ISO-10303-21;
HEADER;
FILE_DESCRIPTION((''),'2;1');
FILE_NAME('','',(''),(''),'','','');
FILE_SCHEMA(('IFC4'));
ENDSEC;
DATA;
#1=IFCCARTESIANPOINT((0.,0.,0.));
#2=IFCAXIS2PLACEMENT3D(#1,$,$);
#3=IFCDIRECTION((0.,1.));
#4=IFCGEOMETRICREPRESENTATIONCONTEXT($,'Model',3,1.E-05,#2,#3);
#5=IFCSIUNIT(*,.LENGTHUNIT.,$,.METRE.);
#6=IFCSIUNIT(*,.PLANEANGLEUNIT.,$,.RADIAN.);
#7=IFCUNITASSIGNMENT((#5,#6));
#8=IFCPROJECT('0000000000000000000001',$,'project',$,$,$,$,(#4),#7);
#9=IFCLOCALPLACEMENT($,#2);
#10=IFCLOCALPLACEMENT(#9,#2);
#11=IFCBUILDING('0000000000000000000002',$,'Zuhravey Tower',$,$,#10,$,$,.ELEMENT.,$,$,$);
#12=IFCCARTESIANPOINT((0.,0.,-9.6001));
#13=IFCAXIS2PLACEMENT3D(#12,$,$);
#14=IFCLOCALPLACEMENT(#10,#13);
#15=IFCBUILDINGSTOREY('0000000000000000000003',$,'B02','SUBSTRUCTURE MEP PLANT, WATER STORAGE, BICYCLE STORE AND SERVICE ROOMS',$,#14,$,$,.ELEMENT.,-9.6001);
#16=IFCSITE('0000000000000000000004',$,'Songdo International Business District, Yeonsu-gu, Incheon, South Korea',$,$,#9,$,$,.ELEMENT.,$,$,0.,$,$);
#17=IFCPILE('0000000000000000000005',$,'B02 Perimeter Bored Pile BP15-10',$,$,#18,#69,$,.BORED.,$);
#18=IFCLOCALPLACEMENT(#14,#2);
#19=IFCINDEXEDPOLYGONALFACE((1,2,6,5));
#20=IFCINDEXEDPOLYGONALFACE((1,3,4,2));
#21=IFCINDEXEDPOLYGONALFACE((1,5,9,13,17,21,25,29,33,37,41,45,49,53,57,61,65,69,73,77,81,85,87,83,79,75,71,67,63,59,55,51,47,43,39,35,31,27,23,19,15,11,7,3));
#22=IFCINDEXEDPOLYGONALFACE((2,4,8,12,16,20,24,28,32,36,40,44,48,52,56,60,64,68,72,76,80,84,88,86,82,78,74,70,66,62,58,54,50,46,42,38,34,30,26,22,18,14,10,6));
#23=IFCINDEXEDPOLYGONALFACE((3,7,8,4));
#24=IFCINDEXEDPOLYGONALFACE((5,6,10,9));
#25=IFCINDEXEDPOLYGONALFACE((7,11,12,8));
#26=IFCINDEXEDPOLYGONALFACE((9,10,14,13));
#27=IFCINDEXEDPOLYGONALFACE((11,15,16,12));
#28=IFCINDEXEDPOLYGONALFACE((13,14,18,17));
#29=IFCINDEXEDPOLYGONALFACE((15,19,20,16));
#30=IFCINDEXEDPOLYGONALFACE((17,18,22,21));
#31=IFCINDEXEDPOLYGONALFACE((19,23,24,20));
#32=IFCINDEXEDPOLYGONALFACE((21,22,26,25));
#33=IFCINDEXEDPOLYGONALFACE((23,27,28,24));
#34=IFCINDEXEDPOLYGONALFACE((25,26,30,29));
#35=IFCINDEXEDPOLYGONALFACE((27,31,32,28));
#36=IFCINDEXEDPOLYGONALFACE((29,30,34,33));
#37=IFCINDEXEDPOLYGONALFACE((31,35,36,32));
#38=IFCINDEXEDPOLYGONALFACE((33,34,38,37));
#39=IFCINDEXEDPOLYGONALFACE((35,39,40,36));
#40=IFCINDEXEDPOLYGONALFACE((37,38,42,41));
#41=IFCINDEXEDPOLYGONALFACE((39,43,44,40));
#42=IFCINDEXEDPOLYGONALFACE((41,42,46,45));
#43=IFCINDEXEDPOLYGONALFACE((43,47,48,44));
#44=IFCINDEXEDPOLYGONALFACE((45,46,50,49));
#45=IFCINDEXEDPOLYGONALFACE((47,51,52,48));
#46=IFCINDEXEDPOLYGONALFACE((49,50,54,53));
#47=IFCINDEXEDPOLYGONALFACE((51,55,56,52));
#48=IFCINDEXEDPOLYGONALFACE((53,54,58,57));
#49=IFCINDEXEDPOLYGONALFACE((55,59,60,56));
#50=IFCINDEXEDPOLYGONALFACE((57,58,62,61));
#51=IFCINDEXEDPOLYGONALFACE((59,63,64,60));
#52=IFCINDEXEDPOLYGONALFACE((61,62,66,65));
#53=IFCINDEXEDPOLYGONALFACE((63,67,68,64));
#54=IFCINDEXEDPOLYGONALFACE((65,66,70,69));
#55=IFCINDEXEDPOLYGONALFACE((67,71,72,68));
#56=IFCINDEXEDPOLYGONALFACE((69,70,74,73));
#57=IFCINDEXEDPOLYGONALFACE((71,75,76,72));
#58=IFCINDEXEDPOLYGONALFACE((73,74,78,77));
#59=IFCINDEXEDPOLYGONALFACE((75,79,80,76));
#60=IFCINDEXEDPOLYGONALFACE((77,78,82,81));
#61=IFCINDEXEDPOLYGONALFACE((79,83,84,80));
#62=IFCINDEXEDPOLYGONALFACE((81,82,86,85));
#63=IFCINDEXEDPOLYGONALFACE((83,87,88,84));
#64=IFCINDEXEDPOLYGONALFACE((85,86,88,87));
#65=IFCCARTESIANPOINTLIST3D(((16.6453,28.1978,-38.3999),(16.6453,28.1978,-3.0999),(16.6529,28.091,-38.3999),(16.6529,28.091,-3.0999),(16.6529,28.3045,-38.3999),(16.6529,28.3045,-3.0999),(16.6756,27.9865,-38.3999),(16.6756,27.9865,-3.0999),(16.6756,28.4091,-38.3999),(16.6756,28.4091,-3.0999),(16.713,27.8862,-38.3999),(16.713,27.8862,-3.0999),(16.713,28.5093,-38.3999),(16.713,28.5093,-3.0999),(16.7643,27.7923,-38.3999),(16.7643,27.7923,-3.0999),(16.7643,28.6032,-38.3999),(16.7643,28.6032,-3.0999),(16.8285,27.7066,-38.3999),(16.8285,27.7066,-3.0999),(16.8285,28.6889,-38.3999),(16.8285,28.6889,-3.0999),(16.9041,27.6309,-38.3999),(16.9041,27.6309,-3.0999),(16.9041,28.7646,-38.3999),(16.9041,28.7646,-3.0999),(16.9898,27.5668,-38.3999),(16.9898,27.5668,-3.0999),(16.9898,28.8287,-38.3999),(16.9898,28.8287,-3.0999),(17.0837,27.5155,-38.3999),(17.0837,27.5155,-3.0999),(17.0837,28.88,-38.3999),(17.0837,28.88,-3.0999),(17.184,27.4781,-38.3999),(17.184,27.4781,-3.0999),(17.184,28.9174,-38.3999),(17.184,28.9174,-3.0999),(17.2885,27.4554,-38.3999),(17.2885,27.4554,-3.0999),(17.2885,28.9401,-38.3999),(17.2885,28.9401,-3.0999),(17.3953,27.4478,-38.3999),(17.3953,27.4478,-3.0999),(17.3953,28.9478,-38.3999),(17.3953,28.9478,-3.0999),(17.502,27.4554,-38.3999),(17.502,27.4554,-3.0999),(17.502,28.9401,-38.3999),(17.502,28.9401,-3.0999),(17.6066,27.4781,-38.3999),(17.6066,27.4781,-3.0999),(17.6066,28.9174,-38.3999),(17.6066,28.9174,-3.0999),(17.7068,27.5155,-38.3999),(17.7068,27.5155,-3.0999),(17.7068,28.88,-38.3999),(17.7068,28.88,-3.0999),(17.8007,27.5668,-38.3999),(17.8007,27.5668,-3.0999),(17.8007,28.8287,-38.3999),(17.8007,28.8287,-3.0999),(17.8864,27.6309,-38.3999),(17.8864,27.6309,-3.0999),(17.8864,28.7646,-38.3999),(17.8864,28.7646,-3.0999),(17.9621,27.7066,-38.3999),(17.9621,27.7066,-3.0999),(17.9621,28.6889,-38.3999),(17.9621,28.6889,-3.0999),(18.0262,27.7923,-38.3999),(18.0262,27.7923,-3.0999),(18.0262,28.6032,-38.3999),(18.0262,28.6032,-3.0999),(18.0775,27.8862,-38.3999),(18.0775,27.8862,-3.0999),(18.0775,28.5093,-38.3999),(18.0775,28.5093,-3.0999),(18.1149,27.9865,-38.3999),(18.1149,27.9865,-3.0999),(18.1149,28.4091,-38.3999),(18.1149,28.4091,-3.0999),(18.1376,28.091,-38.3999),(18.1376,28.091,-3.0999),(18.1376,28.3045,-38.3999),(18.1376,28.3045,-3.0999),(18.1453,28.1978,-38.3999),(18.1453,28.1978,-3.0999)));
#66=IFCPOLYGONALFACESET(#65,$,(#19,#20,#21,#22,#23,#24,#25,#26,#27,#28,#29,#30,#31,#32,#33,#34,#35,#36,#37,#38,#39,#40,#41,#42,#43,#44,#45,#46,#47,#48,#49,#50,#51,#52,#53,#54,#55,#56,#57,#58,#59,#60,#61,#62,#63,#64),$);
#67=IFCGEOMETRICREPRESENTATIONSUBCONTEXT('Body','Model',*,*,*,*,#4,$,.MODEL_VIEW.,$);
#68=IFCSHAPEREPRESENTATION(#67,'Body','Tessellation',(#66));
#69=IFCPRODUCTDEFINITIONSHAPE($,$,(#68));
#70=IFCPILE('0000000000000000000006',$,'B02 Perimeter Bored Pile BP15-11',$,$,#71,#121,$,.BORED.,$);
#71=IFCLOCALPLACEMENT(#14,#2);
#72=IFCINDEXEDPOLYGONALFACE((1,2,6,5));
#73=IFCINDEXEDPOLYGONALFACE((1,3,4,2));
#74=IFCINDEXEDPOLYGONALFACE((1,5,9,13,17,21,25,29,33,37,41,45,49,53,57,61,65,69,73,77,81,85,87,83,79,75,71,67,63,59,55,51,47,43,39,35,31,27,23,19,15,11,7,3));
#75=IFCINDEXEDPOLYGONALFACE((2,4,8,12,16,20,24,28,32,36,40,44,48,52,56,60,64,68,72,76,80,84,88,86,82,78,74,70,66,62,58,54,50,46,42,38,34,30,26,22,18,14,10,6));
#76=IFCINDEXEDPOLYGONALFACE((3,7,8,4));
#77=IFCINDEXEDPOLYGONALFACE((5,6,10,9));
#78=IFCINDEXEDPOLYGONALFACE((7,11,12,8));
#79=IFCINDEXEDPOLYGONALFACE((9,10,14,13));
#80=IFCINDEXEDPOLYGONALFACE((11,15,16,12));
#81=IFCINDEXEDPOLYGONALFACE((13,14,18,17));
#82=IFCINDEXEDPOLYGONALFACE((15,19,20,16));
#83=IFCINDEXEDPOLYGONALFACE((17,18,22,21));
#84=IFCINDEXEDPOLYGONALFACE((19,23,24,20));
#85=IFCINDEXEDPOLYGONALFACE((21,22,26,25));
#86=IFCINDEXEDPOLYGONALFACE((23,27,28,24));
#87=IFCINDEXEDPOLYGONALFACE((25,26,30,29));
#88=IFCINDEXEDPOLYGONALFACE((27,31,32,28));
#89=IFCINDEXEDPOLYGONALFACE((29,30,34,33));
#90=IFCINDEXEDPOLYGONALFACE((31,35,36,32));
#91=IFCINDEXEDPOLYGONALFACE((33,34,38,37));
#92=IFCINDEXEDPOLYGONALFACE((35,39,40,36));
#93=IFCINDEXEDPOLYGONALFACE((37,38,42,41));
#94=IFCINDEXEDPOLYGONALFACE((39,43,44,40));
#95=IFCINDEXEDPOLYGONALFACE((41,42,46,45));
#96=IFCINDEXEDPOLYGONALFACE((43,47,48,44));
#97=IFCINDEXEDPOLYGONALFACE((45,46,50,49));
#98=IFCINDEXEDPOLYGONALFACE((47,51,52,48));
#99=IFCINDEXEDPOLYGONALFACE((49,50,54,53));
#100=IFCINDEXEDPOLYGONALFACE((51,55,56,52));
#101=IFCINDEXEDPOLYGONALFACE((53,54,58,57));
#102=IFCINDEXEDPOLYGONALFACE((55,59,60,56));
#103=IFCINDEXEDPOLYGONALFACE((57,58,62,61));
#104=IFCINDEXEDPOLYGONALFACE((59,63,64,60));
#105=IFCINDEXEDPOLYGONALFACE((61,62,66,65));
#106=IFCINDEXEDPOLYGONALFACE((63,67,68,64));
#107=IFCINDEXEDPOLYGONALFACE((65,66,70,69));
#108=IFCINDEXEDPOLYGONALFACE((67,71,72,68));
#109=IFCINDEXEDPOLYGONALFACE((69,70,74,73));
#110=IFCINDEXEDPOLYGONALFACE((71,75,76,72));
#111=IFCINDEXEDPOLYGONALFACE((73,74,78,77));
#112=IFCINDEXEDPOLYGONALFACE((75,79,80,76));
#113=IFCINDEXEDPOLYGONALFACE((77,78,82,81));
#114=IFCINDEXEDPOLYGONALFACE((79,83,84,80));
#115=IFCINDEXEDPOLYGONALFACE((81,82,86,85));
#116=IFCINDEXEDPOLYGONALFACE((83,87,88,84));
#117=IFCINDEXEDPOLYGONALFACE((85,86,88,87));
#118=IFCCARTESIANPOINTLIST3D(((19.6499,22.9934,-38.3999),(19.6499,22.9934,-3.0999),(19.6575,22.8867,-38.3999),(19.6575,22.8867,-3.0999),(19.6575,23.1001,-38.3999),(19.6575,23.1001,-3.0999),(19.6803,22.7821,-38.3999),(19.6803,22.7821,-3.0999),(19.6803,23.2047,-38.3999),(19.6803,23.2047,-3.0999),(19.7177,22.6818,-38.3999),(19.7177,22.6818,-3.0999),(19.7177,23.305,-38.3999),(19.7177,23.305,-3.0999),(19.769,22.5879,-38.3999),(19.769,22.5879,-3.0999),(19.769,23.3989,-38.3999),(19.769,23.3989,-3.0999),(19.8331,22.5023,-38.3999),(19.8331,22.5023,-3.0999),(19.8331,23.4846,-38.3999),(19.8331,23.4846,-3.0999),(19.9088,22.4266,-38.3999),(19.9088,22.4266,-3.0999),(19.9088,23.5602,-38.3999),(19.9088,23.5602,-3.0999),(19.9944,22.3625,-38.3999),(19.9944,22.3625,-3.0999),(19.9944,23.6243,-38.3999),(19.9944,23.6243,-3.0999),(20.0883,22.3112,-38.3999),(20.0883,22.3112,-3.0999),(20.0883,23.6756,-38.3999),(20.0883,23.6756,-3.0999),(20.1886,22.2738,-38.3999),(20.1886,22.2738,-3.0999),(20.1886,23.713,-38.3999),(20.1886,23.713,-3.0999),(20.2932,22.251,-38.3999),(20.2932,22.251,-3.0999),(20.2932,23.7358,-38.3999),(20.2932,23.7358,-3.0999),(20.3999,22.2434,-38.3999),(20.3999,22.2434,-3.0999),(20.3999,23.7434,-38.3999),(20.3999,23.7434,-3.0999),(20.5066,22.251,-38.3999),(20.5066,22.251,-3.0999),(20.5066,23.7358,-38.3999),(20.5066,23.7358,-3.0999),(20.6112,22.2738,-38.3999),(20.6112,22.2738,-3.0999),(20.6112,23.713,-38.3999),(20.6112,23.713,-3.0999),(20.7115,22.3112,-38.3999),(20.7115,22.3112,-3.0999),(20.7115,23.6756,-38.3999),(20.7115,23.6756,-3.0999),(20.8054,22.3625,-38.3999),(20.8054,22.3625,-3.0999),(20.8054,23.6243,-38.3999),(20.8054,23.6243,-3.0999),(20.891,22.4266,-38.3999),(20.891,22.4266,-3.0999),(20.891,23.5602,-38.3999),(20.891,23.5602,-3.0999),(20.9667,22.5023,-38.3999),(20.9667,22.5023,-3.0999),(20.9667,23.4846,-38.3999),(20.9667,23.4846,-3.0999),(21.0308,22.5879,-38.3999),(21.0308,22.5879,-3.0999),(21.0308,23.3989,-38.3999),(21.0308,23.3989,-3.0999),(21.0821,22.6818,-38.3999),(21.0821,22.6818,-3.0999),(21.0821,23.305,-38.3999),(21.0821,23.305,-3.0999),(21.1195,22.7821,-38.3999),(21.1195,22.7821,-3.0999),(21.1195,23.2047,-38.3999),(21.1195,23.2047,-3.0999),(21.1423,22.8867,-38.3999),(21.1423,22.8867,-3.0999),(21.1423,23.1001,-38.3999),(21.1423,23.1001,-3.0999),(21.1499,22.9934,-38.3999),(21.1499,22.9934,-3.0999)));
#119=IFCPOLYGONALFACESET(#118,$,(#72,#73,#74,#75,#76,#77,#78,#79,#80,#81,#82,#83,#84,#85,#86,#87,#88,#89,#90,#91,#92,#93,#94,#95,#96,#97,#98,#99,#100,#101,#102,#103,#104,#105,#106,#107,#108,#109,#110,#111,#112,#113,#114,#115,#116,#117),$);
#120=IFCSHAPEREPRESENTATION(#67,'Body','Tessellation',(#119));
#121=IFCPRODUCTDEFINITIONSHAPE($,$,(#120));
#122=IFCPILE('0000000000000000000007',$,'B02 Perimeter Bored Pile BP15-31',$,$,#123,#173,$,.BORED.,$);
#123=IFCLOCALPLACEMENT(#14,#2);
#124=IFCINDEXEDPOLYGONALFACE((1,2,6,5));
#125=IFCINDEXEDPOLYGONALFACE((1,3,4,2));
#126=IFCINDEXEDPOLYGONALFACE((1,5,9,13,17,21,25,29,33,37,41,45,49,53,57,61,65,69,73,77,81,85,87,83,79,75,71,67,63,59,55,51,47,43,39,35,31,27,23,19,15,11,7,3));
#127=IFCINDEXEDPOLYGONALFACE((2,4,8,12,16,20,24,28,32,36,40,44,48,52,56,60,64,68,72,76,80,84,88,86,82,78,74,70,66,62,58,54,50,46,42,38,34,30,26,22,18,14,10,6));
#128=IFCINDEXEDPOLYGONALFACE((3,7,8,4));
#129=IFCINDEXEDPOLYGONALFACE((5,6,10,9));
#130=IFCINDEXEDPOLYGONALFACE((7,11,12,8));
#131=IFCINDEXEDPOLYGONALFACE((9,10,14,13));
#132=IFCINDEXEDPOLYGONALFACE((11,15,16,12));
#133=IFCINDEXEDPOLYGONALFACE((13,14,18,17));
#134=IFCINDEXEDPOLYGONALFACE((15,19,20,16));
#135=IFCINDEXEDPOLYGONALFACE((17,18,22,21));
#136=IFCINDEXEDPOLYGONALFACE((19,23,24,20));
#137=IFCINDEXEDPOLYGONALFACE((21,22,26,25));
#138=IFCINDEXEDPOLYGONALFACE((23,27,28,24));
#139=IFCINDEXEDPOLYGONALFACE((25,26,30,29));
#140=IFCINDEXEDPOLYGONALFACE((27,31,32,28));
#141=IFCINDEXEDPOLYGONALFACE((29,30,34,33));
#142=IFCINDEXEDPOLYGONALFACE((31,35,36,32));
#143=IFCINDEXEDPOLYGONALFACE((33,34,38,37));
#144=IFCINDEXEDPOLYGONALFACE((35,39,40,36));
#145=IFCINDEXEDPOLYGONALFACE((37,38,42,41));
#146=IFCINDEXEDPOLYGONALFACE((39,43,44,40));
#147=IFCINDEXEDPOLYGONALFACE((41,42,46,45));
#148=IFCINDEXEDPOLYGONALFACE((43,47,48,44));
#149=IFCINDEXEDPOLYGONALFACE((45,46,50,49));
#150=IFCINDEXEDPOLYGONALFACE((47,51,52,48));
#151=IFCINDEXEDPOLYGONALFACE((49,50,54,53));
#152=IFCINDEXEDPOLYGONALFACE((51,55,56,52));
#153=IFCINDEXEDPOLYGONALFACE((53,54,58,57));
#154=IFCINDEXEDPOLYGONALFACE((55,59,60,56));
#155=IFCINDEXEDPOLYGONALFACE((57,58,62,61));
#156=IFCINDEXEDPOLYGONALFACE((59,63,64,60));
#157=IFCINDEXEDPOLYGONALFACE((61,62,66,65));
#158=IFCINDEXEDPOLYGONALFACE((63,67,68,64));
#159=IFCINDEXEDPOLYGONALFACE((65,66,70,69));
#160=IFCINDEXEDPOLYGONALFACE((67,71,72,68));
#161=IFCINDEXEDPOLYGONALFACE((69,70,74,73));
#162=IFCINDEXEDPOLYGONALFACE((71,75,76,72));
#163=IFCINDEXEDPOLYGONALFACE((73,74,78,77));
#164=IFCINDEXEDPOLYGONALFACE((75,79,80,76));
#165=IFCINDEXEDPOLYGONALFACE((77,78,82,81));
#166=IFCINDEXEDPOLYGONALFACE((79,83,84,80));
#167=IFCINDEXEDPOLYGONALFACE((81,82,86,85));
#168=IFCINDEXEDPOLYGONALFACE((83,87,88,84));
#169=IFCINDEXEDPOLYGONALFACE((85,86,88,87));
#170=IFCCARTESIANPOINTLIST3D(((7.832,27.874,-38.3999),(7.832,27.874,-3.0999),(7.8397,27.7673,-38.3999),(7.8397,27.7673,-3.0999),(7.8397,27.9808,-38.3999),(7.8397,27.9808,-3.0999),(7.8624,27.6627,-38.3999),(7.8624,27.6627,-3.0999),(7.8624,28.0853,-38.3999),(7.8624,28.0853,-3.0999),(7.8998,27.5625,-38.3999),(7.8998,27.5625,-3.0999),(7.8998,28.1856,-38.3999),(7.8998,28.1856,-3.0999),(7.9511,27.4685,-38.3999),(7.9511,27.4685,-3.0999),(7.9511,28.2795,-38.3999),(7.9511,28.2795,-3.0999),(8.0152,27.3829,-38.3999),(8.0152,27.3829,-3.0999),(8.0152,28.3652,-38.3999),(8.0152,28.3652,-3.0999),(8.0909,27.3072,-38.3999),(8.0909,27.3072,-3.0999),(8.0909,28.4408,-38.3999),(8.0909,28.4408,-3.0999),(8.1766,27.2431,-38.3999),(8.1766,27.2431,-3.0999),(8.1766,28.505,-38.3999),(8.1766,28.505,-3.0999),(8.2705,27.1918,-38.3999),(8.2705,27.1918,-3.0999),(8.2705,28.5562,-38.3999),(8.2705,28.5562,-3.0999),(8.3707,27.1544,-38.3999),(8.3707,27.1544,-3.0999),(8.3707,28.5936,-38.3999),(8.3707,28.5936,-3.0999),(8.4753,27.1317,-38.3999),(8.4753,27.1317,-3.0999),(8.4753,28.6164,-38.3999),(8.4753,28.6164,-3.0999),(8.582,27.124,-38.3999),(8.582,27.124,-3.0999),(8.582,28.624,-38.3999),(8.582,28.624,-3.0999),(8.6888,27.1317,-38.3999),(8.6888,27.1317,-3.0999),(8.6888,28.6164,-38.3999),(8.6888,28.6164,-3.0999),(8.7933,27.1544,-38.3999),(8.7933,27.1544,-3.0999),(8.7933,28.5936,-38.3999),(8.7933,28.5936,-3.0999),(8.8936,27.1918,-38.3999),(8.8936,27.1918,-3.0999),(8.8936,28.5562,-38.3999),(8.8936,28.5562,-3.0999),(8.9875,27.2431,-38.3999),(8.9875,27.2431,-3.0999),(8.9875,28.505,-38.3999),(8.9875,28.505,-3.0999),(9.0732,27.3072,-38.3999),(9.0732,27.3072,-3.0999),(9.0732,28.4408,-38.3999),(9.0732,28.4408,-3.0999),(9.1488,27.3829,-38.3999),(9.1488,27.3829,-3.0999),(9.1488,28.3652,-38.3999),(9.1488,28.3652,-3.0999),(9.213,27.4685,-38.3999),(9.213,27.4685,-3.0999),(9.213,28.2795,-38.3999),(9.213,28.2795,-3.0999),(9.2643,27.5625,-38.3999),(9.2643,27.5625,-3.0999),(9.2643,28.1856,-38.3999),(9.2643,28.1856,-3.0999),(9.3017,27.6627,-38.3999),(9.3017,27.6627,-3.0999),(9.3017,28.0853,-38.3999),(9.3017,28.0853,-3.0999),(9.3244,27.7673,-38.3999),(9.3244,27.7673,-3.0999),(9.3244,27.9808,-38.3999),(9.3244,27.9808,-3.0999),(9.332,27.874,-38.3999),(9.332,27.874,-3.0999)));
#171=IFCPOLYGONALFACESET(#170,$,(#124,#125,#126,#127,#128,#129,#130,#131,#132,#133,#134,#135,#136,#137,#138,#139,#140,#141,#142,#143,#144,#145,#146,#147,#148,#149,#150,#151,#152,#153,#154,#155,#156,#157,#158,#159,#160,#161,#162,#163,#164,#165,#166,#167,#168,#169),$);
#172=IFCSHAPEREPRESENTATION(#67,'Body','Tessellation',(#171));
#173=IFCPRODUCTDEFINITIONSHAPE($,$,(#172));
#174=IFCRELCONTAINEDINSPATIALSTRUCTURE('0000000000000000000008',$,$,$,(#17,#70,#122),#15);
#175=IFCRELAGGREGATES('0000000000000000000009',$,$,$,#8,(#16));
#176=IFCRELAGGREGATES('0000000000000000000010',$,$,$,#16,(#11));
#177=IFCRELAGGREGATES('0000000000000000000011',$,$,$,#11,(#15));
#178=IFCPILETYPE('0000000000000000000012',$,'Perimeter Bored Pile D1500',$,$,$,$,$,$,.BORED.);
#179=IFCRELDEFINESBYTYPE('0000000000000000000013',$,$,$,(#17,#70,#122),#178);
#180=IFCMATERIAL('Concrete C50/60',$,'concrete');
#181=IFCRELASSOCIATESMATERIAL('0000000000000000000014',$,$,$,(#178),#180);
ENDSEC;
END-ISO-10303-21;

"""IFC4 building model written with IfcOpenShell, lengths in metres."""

from ifc_helpers import new_model, si_unit, direction, frame, origin, origin_2d, place, context, subcontext, project, spatial, circle, extrude, material, material_profile, profile_set, type_object, element, save


model = new_model("IFC4")

# Units and contexts
model_context = context("Model", 3, precision=1e-05, world=origin(), true_north=direction((0.0, 1.0)))
body_context = subcontext(model_context, "Body", "Model", "MODEL_VIEW")
ifc_project = project(units=[si_unit("LENGTHUNIT", "METRE"), si_unit("PLANEANGLEUNIT", "RADIAN")], contexts=[model_context])

# Site, building, storey
site_placement = place(None, origin())
site = spatial("IfcSite", under=ifc_project, at=site_placement, Name="Songdo International Business District, Yeonsu-gu, Incheon, South Korea", CompositionType="ELEMENT", RefElevation=0.0)
building_placement = place(site_placement, origin())
building = spatial("IfcBuilding", under=site, at=building_placement, Name="Zuhravey Tower", CompositionType="ELEMENT")
storey_placement = place(building_placement, frame((0.0, 0.0, -9.6001)))
storey = spatial("IfcBuildingStorey", under=building, at=storey_placement, Name="B02", Description="SUBSTRUCTURE MEP PLANT, WATER STORAGE, BICYCLE STORE AND SERVICE ROOMS", CompositionType="ELEMENT", Elevation=-9.6001)

# Piles
ifc_material_1 = material(Name="Concrete C50/60", Category="concrete")
ifc_material_profile_1 = material_profile(ifc_material_1, circle(Radius=0.75, at=origin_2d()), Name="PILE-D1500")
ifc_profile_set_1 = profile_set([ifc_material_profile_1], Name="Concrete C50/60")
pile_type_1 = type_object("IfcPileType", Name="Perimeter Bored Pile D1500", PredefinedType="BORED", material=ifc_profile_set_1)
for number, where, z_axis, x_axis, name in (
    (1, (17.3953, 28.1978, -3.0999), (0.0, 0.0, -1.0), (1.0, 0.0, 0.0), "B02 Perimeter Bored Pile BP15-10"),
    (2, (20.3999, 22.9934, -3.0999), (0.0, 0.0, -1.0), (1.0, 0.0, 0.0), "B02 Perimeter Bored Pile BP15-11"),
    (3, (8.582, 27.874, -3.0999), (0.0, 0.0, -1.0), (1.0, 0.0, 0.0), "B02 Perimeter Bored Pile BP15-31"),
):
    element("IfcPile", number, at=place(storey_placement, frame(where, z_axis=z_axis, x_axis=x_axis)), inside=storey, type_object=pile_type_1, Name=name, PredefinedType="BORED", context=body_context, shape_type="SweptSolid", body=[
        extrude(circle(Radius=0.75, at=origin_2d()), origin(), (0.0, 0.0, 1.0), 35.3),
    ])

save(model, "model.ifc")
